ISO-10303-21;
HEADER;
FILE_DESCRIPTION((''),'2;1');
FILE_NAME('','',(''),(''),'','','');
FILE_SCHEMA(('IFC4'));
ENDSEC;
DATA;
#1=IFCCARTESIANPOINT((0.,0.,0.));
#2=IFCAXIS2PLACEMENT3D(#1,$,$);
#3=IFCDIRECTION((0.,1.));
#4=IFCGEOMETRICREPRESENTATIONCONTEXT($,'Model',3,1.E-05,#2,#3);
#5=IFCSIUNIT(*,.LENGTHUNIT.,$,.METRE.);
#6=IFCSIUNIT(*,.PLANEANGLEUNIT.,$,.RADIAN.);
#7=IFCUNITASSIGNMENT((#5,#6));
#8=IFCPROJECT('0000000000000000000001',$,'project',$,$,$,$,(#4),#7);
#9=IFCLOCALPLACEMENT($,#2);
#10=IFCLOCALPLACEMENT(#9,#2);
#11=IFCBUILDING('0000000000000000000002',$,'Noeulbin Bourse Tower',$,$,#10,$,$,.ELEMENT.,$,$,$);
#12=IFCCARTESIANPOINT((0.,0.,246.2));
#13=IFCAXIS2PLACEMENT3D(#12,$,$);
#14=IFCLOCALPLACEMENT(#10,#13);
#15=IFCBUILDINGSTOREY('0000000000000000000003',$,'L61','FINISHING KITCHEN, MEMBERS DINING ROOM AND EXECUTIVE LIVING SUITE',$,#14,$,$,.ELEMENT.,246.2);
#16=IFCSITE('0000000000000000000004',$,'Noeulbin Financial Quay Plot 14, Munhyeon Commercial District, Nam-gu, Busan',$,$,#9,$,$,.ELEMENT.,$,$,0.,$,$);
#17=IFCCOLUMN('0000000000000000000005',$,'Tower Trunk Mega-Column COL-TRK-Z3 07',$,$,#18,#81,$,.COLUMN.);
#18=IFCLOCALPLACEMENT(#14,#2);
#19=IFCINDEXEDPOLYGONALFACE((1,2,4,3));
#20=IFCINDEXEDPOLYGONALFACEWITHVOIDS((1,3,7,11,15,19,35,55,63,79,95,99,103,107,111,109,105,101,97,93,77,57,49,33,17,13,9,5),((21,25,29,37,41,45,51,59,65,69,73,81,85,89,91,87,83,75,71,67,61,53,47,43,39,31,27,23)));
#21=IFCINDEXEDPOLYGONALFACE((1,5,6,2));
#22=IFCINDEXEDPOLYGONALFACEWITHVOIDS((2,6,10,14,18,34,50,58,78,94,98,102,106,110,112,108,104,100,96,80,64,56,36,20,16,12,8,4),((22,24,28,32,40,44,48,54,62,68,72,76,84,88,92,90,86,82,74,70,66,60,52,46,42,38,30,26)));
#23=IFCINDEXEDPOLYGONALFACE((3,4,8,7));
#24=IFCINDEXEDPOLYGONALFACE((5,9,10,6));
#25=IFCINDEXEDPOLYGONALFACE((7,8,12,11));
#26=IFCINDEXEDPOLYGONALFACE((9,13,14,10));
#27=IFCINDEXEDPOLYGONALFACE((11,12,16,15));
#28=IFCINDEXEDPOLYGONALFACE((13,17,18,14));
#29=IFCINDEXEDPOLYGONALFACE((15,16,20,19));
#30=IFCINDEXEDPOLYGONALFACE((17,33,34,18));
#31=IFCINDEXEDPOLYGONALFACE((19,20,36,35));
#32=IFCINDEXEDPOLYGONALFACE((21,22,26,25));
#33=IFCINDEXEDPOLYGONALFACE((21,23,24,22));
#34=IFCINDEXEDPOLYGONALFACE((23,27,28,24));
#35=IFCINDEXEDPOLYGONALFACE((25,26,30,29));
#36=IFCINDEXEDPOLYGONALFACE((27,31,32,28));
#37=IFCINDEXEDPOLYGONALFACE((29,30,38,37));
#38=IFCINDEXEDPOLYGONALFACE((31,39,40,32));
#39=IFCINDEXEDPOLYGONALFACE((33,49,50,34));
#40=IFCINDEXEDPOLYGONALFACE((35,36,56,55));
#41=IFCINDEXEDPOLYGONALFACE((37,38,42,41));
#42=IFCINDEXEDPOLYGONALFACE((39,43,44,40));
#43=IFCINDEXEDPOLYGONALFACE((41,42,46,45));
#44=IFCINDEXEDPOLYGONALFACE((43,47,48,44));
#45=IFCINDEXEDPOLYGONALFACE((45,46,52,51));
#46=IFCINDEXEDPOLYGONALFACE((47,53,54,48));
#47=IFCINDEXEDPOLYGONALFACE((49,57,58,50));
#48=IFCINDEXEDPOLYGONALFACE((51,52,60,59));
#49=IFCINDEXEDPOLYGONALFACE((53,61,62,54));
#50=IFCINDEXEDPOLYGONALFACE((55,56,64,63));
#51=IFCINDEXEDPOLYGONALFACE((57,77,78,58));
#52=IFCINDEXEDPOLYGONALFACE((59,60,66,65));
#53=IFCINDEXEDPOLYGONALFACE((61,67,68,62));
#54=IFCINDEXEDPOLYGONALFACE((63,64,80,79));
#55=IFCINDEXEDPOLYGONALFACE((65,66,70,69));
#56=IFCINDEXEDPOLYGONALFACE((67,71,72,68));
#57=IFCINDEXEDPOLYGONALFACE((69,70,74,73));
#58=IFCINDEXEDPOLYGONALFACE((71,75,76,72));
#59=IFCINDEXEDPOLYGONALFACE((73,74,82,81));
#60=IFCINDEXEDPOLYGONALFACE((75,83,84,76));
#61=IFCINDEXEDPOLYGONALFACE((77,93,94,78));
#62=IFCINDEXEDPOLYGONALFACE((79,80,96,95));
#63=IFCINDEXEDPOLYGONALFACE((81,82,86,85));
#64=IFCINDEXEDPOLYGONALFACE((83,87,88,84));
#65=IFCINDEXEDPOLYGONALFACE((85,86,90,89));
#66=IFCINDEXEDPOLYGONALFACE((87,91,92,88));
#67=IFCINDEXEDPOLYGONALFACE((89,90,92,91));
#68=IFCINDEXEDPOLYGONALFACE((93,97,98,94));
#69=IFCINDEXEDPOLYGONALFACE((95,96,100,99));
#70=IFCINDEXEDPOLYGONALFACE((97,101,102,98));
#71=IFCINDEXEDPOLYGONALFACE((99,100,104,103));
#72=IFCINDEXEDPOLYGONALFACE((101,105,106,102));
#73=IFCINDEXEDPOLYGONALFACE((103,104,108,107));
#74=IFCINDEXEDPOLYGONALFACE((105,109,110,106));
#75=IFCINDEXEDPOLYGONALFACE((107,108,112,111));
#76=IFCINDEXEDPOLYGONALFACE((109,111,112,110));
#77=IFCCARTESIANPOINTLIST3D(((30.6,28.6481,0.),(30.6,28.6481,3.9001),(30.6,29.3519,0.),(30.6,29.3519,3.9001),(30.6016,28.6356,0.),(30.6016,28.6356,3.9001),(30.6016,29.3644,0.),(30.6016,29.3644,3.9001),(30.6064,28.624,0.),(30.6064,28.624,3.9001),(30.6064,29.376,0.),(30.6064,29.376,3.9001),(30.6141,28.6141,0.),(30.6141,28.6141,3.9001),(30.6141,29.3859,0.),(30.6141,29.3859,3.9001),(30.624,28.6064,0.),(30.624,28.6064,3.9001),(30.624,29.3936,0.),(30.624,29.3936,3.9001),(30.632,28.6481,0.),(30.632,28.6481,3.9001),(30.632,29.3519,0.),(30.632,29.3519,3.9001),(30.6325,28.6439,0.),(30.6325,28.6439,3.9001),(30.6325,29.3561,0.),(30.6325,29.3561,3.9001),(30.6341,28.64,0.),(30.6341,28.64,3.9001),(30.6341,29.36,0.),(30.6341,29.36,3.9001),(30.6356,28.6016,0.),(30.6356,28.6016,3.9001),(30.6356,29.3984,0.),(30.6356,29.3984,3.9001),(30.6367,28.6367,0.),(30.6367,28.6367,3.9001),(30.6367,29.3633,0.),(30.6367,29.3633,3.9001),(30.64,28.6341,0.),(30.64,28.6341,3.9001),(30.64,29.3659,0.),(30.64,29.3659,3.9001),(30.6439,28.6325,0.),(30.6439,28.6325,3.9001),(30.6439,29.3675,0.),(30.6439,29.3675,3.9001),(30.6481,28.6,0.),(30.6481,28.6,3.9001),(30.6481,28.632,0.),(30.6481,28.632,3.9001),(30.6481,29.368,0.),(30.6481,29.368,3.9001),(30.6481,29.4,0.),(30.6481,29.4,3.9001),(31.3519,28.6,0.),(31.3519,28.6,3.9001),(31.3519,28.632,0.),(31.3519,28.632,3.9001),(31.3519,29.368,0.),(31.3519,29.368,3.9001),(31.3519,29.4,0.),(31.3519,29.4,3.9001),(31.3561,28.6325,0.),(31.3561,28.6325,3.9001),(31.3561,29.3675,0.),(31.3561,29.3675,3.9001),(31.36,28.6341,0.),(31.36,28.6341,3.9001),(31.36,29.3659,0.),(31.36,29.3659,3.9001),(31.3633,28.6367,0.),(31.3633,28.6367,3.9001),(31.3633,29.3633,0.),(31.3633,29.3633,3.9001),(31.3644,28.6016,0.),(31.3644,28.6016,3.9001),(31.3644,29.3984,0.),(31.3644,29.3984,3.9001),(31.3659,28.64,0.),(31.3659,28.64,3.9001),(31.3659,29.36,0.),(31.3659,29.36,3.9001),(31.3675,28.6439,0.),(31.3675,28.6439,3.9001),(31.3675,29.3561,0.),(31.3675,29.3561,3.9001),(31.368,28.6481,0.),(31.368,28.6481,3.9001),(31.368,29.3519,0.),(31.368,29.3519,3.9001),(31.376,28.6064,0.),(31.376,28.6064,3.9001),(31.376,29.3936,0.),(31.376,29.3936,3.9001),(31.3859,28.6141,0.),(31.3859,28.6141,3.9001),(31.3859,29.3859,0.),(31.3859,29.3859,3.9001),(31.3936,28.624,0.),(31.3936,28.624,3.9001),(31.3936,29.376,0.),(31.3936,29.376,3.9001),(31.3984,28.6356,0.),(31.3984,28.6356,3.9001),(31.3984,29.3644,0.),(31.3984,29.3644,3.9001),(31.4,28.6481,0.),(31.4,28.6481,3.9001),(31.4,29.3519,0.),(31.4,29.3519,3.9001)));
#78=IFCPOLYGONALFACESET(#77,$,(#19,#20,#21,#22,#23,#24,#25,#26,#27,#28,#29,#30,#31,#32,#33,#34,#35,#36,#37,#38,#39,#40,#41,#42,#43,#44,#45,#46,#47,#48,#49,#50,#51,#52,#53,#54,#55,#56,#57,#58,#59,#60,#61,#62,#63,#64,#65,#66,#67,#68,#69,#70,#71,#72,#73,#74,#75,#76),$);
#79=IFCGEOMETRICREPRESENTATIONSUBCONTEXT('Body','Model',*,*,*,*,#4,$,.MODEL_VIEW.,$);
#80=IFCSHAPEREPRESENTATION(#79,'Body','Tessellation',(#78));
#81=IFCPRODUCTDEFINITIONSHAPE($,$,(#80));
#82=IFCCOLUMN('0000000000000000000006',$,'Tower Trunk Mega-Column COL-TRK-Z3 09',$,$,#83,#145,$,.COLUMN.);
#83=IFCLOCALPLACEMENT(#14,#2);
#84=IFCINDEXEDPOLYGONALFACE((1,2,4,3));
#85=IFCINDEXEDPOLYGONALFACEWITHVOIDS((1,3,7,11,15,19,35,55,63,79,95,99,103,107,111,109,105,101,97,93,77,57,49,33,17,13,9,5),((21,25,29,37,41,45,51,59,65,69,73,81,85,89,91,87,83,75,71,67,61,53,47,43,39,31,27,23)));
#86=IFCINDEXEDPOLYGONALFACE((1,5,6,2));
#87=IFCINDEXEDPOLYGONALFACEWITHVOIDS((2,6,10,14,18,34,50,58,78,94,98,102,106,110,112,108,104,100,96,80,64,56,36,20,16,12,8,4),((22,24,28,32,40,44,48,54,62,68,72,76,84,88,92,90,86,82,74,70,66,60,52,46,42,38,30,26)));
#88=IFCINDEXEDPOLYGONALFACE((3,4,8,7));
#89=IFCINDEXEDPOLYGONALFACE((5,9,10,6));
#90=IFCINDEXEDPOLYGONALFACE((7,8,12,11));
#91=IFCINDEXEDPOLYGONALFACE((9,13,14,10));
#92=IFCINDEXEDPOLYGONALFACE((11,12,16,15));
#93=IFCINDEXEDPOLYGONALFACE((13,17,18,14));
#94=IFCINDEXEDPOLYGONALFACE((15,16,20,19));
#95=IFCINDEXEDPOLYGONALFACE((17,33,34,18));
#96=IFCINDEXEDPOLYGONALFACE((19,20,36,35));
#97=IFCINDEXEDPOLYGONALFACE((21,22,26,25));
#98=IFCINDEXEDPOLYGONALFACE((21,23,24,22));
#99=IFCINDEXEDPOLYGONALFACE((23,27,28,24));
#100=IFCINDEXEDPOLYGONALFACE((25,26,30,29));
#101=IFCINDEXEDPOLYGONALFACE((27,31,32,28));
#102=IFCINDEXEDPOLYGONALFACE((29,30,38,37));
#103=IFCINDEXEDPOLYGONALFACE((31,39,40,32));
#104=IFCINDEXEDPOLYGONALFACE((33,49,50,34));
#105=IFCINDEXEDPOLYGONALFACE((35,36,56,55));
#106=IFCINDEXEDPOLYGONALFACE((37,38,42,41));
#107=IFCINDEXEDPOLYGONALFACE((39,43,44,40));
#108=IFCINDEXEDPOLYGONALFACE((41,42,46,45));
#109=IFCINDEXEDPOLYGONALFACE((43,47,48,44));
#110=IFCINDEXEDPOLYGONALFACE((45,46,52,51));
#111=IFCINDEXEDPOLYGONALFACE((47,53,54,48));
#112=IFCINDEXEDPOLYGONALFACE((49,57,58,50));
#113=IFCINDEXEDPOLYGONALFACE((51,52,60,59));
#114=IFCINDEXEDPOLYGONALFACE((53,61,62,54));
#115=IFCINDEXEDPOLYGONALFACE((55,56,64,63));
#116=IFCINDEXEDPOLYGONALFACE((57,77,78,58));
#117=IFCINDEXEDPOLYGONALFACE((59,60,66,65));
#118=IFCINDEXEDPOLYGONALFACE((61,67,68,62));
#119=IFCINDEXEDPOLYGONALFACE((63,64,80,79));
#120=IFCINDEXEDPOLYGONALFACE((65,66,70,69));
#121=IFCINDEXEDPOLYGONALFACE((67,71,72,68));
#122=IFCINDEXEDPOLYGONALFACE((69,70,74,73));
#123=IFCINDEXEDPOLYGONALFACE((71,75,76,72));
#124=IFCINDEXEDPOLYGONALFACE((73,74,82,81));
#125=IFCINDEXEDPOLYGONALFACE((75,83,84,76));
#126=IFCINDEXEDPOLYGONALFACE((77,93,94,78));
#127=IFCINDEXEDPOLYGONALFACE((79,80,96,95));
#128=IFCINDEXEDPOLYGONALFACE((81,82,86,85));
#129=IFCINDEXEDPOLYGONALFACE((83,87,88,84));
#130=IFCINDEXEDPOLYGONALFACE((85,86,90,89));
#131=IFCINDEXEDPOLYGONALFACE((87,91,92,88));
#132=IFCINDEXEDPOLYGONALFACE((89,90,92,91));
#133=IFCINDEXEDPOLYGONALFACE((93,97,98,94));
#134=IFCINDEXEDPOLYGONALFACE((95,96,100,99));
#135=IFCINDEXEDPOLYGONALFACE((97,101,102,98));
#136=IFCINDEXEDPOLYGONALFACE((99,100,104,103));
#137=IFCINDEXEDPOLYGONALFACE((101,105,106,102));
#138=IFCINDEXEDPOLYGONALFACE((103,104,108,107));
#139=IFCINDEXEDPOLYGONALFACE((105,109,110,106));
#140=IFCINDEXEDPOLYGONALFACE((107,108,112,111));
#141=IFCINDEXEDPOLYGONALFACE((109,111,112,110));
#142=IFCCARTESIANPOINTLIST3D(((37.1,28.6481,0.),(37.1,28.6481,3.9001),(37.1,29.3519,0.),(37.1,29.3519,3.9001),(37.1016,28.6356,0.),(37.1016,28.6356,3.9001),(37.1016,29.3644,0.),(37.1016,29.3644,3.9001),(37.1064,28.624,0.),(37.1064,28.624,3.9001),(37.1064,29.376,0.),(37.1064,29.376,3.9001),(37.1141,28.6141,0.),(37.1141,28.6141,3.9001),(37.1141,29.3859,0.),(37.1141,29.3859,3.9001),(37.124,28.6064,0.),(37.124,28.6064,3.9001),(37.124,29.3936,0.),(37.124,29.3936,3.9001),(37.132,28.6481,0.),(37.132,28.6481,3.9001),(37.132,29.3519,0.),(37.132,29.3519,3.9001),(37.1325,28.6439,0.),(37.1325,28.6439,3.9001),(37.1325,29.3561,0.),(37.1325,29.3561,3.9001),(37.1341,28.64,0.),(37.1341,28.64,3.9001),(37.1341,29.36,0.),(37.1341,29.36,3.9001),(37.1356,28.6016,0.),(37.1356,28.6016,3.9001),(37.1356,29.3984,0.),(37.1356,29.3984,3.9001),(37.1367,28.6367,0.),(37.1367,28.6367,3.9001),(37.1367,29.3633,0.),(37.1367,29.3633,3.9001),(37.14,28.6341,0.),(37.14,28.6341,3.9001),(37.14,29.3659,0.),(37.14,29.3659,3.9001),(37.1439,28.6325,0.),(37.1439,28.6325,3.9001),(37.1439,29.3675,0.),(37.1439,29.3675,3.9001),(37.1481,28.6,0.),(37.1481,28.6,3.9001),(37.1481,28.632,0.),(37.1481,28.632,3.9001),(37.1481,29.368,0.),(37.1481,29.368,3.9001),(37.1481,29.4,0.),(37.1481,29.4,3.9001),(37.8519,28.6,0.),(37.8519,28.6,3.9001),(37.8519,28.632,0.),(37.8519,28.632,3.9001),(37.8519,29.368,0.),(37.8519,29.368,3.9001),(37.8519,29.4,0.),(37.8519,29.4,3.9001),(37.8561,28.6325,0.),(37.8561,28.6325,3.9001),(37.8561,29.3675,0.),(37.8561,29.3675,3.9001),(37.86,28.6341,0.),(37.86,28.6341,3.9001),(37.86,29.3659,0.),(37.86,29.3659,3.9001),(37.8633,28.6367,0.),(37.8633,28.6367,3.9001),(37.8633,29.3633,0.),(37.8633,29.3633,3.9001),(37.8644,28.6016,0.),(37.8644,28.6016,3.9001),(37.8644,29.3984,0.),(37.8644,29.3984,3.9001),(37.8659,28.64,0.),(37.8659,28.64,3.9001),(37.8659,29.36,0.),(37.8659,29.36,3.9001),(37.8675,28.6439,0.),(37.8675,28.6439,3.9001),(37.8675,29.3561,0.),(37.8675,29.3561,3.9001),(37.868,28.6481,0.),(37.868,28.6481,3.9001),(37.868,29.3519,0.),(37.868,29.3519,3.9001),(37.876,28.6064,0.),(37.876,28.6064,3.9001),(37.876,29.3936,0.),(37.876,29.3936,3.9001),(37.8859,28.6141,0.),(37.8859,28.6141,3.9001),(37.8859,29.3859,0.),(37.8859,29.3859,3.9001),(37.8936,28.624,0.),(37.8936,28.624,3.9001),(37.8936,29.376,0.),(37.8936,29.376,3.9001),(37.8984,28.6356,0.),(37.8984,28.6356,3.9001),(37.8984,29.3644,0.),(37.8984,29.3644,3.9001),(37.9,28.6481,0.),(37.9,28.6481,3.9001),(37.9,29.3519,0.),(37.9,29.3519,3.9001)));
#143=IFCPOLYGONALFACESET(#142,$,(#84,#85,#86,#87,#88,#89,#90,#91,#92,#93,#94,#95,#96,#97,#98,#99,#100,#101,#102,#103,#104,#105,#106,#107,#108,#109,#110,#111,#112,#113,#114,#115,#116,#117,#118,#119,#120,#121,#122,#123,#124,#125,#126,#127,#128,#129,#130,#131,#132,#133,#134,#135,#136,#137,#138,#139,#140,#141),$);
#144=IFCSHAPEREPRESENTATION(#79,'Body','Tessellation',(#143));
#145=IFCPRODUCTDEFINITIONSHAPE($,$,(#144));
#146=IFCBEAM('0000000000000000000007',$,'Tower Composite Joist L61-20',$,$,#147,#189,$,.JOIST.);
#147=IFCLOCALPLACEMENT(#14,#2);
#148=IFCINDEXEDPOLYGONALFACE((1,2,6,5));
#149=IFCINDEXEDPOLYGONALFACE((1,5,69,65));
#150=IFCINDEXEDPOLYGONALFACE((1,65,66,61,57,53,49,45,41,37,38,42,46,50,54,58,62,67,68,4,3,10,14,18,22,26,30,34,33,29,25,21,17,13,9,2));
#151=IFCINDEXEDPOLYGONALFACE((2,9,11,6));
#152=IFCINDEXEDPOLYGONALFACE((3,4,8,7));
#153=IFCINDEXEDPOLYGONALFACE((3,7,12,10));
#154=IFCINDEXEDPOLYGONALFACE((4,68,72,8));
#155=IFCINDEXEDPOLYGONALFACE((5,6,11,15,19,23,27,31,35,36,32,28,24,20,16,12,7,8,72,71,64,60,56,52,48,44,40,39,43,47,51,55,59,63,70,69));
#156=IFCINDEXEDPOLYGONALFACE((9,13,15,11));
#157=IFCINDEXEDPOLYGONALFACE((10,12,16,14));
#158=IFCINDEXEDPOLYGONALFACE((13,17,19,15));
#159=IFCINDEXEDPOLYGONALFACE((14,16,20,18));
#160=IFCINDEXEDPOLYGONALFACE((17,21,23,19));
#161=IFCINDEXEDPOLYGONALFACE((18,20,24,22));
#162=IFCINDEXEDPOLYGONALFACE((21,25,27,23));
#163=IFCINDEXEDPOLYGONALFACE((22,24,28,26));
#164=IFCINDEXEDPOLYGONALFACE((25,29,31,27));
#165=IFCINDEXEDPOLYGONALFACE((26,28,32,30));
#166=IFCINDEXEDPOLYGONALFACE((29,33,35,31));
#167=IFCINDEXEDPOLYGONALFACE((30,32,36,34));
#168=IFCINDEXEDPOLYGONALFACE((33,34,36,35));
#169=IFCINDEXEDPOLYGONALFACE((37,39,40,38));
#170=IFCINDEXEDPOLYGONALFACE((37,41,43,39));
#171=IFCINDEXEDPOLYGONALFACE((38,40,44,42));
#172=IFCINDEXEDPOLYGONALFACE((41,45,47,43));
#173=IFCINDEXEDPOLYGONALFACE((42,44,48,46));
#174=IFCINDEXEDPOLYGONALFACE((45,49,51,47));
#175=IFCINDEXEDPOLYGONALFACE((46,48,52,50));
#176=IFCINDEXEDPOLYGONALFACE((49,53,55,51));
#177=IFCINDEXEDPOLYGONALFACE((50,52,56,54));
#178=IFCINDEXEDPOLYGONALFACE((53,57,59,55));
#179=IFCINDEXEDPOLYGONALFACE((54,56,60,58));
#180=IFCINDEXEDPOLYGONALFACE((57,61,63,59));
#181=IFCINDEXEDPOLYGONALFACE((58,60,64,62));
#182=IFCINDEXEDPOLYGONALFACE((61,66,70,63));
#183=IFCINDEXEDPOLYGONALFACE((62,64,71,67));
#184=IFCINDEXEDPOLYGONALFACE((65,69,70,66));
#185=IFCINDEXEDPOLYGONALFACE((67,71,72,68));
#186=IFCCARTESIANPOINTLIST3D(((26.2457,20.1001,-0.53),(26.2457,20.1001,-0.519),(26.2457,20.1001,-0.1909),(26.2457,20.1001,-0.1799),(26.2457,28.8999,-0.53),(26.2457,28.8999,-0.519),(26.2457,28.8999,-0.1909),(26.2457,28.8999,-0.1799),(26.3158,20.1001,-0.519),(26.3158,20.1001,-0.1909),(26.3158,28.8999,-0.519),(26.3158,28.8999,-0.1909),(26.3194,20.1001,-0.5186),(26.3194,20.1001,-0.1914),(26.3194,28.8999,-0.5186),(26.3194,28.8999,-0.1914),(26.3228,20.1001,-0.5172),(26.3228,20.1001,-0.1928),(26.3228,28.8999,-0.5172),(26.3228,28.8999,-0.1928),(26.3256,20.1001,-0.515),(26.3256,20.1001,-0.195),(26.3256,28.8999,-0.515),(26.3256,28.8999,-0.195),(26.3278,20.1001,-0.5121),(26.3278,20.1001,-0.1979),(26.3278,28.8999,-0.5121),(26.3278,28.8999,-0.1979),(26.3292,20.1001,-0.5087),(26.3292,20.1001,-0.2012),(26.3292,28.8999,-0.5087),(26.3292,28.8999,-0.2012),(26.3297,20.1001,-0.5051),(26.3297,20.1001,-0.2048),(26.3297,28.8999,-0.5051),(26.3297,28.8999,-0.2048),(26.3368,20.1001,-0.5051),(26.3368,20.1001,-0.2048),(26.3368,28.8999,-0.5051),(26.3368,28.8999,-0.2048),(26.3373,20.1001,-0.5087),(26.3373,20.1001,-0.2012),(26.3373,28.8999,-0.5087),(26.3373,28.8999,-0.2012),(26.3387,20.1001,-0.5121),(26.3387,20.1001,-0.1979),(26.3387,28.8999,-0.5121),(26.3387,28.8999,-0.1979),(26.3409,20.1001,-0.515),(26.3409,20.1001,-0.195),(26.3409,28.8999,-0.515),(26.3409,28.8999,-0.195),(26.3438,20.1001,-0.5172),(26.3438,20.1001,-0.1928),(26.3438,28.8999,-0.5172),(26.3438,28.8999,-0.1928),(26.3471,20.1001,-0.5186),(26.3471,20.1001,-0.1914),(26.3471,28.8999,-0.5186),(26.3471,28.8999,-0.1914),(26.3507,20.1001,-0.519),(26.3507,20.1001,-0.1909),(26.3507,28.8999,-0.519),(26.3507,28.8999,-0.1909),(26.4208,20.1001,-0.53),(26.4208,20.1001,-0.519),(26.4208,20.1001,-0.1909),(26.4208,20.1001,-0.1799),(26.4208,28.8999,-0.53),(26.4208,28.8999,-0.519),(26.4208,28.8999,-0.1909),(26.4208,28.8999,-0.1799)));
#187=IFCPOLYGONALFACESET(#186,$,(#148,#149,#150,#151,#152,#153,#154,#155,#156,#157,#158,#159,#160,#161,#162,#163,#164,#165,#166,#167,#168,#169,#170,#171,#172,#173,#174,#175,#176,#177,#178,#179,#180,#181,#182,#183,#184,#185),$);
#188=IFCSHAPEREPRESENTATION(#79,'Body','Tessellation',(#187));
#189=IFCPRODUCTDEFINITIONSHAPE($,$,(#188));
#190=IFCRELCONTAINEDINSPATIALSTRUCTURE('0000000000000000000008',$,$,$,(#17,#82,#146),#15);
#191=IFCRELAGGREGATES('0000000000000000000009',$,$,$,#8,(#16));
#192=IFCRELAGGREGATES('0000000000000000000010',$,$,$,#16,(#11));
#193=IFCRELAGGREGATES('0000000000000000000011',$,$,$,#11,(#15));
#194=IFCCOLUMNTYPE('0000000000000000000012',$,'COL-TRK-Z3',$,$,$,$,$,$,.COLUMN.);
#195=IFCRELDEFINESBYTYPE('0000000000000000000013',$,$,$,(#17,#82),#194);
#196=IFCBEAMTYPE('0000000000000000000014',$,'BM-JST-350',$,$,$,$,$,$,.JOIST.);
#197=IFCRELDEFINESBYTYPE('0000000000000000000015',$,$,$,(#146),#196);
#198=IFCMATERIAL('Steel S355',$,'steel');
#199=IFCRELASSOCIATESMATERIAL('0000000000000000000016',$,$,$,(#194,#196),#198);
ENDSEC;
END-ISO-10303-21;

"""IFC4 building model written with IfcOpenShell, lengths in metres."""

from ifc_helpers import new_model, si_unit, direction, frame, origin, origin_2d, place, context, subcontext, project, spatial, hollow_rectangle, i_section, extrude, material, material_profile, profile_set, type_object, element, save


model = new_model("IFC4")

# Units and contexts
model_context = context("Model", 3, precision=1e-05, world=origin(), true_north=direction((0.0, 1.0)))
body_context = subcontext(model_context, "Body", "Model", "MODEL_VIEW")
ifc_project = project(units=[si_unit("LENGTHUNIT", "METRE"), si_unit("PLANEANGLEUNIT", "RADIAN")], contexts=[model_context])

# Site, building, storey
site_placement = place(None, origin())
site = spatial("IfcSite", under=ifc_project, at=site_placement, Name="Noeulbin Financial Quay Plot 14, Munhyeon Commercial District, Nam-gu, Busan", CompositionType="ELEMENT", RefElevation=0.0)
building_placement = place(site_placement, origin())
building = spatial("IfcBuilding", under=site, at=building_placement, Name="Noeulbin Bourse Tower", CompositionType="ELEMENT")
storey_placement = place(building_placement, frame((0.0, 0.0, 246.2)))
storey = spatial("IfcBuildingStorey", under=building, at=storey_placement, Name="L61", Description="FINISHING KITCHEN, MEMBERS DINING ROOM AND EXECUTIVE LIVING SUITE", CompositionType="ELEMENT", Elevation=246.2)

# Columns
ifc_material_1 = material(Name="Steel S355", Category="steel")
ifc_material_profile_1 = material_profile(ifc_material_1, hollow_rectangle(XDim=0.8, YDim=0.8, WallThickness=0.032, InnerFilletRadius=0.0161, OuterFilletRadius=0.0481, at=origin_2d()), Name="BOX-800x800x32", Category="LoadBearing")
ifc_profile_set_1 = profile_set([ifc_material_profile_1], Name="Steel S355")
column_type = type_object("IfcColumnType", Name="COL-TRK-Z3", PredefinedType="COLUMN", material=ifc_profile_set_1)
for number, where, z_axis, x_axis, name in (
    (1, (31.0, 29.0, 0.0), (0.0, 0.0, 1.0), (1.0, 0.0, 0.0), "Tower Trunk Mega-Column COL-TRK-Z3 07"),
    (2, (37.5, 29.0, 0.0), (0.0, 0.0, 1.0), (1.0, 0.0, 0.0), "Tower Trunk Mega-Column COL-TRK-Z3 09"),
):
    element("IfcColumn", number, at=place(storey_placement, frame(where, z_axis=z_axis, x_axis=x_axis)), inside=storey, type_object=column_type, Name=name, PredefinedType="COLUMN", context=body_context, shape_type="SweptSolid", body=[
        extrude(hollow_rectangle(XDim=0.8, YDim=0.8, WallThickness=0.032, InnerFilletRadius=0.0161, OuterFilletRadius=0.0481, at=origin_2d()), origin(), (0.0, 0.0, 1.0), 3.9001),
    ])

# Beam
ifc_material_profile_2 = material_profile(ifc_material_1, i_section(OverallWidth=0.175, OverallDepth=0.3501, WebThickness=0.0071, FlangeThickness=0.011, FilletRadius=0.0139, at=origin_2d()), Name="H-350x175x7x11", Category="LoadBearing")
ifc_profile_set_2 = profile_set([ifc_material_profile_2], Name="Steel S355")
beam_type = type_object("IfcBeamType", Name="BM-JST-350", PredefinedType="JOIST", material=ifc_profile_set_2)
for number, where, z_axis, x_axis, name in (
    (3, (26.3333, 20.1001, -0.355), (0.0, 1.0, 0.0), (-1.0, 0.0, 0.0), "Tower Composite Joist L61-20"),
):
    element("IfcBeam", number, at=place(storey_placement, frame(where, z_axis=z_axis, x_axis=x_axis)), inside=storey, type_object=beam_type, Name=name, PredefinedType="JOIST", context=body_context, shape_type="SweptSolid", body=[
        extrude(i_section(OverallWidth=0.175, OverallDepth=0.3501, WebThickness=0.0071, FlangeThickness=0.011, FilletRadius=0.0139, at=origin_2d()), origin(), (0.0, 0.0, 1.0), 8.7998),
    ])

save(model, "model.ifc")
